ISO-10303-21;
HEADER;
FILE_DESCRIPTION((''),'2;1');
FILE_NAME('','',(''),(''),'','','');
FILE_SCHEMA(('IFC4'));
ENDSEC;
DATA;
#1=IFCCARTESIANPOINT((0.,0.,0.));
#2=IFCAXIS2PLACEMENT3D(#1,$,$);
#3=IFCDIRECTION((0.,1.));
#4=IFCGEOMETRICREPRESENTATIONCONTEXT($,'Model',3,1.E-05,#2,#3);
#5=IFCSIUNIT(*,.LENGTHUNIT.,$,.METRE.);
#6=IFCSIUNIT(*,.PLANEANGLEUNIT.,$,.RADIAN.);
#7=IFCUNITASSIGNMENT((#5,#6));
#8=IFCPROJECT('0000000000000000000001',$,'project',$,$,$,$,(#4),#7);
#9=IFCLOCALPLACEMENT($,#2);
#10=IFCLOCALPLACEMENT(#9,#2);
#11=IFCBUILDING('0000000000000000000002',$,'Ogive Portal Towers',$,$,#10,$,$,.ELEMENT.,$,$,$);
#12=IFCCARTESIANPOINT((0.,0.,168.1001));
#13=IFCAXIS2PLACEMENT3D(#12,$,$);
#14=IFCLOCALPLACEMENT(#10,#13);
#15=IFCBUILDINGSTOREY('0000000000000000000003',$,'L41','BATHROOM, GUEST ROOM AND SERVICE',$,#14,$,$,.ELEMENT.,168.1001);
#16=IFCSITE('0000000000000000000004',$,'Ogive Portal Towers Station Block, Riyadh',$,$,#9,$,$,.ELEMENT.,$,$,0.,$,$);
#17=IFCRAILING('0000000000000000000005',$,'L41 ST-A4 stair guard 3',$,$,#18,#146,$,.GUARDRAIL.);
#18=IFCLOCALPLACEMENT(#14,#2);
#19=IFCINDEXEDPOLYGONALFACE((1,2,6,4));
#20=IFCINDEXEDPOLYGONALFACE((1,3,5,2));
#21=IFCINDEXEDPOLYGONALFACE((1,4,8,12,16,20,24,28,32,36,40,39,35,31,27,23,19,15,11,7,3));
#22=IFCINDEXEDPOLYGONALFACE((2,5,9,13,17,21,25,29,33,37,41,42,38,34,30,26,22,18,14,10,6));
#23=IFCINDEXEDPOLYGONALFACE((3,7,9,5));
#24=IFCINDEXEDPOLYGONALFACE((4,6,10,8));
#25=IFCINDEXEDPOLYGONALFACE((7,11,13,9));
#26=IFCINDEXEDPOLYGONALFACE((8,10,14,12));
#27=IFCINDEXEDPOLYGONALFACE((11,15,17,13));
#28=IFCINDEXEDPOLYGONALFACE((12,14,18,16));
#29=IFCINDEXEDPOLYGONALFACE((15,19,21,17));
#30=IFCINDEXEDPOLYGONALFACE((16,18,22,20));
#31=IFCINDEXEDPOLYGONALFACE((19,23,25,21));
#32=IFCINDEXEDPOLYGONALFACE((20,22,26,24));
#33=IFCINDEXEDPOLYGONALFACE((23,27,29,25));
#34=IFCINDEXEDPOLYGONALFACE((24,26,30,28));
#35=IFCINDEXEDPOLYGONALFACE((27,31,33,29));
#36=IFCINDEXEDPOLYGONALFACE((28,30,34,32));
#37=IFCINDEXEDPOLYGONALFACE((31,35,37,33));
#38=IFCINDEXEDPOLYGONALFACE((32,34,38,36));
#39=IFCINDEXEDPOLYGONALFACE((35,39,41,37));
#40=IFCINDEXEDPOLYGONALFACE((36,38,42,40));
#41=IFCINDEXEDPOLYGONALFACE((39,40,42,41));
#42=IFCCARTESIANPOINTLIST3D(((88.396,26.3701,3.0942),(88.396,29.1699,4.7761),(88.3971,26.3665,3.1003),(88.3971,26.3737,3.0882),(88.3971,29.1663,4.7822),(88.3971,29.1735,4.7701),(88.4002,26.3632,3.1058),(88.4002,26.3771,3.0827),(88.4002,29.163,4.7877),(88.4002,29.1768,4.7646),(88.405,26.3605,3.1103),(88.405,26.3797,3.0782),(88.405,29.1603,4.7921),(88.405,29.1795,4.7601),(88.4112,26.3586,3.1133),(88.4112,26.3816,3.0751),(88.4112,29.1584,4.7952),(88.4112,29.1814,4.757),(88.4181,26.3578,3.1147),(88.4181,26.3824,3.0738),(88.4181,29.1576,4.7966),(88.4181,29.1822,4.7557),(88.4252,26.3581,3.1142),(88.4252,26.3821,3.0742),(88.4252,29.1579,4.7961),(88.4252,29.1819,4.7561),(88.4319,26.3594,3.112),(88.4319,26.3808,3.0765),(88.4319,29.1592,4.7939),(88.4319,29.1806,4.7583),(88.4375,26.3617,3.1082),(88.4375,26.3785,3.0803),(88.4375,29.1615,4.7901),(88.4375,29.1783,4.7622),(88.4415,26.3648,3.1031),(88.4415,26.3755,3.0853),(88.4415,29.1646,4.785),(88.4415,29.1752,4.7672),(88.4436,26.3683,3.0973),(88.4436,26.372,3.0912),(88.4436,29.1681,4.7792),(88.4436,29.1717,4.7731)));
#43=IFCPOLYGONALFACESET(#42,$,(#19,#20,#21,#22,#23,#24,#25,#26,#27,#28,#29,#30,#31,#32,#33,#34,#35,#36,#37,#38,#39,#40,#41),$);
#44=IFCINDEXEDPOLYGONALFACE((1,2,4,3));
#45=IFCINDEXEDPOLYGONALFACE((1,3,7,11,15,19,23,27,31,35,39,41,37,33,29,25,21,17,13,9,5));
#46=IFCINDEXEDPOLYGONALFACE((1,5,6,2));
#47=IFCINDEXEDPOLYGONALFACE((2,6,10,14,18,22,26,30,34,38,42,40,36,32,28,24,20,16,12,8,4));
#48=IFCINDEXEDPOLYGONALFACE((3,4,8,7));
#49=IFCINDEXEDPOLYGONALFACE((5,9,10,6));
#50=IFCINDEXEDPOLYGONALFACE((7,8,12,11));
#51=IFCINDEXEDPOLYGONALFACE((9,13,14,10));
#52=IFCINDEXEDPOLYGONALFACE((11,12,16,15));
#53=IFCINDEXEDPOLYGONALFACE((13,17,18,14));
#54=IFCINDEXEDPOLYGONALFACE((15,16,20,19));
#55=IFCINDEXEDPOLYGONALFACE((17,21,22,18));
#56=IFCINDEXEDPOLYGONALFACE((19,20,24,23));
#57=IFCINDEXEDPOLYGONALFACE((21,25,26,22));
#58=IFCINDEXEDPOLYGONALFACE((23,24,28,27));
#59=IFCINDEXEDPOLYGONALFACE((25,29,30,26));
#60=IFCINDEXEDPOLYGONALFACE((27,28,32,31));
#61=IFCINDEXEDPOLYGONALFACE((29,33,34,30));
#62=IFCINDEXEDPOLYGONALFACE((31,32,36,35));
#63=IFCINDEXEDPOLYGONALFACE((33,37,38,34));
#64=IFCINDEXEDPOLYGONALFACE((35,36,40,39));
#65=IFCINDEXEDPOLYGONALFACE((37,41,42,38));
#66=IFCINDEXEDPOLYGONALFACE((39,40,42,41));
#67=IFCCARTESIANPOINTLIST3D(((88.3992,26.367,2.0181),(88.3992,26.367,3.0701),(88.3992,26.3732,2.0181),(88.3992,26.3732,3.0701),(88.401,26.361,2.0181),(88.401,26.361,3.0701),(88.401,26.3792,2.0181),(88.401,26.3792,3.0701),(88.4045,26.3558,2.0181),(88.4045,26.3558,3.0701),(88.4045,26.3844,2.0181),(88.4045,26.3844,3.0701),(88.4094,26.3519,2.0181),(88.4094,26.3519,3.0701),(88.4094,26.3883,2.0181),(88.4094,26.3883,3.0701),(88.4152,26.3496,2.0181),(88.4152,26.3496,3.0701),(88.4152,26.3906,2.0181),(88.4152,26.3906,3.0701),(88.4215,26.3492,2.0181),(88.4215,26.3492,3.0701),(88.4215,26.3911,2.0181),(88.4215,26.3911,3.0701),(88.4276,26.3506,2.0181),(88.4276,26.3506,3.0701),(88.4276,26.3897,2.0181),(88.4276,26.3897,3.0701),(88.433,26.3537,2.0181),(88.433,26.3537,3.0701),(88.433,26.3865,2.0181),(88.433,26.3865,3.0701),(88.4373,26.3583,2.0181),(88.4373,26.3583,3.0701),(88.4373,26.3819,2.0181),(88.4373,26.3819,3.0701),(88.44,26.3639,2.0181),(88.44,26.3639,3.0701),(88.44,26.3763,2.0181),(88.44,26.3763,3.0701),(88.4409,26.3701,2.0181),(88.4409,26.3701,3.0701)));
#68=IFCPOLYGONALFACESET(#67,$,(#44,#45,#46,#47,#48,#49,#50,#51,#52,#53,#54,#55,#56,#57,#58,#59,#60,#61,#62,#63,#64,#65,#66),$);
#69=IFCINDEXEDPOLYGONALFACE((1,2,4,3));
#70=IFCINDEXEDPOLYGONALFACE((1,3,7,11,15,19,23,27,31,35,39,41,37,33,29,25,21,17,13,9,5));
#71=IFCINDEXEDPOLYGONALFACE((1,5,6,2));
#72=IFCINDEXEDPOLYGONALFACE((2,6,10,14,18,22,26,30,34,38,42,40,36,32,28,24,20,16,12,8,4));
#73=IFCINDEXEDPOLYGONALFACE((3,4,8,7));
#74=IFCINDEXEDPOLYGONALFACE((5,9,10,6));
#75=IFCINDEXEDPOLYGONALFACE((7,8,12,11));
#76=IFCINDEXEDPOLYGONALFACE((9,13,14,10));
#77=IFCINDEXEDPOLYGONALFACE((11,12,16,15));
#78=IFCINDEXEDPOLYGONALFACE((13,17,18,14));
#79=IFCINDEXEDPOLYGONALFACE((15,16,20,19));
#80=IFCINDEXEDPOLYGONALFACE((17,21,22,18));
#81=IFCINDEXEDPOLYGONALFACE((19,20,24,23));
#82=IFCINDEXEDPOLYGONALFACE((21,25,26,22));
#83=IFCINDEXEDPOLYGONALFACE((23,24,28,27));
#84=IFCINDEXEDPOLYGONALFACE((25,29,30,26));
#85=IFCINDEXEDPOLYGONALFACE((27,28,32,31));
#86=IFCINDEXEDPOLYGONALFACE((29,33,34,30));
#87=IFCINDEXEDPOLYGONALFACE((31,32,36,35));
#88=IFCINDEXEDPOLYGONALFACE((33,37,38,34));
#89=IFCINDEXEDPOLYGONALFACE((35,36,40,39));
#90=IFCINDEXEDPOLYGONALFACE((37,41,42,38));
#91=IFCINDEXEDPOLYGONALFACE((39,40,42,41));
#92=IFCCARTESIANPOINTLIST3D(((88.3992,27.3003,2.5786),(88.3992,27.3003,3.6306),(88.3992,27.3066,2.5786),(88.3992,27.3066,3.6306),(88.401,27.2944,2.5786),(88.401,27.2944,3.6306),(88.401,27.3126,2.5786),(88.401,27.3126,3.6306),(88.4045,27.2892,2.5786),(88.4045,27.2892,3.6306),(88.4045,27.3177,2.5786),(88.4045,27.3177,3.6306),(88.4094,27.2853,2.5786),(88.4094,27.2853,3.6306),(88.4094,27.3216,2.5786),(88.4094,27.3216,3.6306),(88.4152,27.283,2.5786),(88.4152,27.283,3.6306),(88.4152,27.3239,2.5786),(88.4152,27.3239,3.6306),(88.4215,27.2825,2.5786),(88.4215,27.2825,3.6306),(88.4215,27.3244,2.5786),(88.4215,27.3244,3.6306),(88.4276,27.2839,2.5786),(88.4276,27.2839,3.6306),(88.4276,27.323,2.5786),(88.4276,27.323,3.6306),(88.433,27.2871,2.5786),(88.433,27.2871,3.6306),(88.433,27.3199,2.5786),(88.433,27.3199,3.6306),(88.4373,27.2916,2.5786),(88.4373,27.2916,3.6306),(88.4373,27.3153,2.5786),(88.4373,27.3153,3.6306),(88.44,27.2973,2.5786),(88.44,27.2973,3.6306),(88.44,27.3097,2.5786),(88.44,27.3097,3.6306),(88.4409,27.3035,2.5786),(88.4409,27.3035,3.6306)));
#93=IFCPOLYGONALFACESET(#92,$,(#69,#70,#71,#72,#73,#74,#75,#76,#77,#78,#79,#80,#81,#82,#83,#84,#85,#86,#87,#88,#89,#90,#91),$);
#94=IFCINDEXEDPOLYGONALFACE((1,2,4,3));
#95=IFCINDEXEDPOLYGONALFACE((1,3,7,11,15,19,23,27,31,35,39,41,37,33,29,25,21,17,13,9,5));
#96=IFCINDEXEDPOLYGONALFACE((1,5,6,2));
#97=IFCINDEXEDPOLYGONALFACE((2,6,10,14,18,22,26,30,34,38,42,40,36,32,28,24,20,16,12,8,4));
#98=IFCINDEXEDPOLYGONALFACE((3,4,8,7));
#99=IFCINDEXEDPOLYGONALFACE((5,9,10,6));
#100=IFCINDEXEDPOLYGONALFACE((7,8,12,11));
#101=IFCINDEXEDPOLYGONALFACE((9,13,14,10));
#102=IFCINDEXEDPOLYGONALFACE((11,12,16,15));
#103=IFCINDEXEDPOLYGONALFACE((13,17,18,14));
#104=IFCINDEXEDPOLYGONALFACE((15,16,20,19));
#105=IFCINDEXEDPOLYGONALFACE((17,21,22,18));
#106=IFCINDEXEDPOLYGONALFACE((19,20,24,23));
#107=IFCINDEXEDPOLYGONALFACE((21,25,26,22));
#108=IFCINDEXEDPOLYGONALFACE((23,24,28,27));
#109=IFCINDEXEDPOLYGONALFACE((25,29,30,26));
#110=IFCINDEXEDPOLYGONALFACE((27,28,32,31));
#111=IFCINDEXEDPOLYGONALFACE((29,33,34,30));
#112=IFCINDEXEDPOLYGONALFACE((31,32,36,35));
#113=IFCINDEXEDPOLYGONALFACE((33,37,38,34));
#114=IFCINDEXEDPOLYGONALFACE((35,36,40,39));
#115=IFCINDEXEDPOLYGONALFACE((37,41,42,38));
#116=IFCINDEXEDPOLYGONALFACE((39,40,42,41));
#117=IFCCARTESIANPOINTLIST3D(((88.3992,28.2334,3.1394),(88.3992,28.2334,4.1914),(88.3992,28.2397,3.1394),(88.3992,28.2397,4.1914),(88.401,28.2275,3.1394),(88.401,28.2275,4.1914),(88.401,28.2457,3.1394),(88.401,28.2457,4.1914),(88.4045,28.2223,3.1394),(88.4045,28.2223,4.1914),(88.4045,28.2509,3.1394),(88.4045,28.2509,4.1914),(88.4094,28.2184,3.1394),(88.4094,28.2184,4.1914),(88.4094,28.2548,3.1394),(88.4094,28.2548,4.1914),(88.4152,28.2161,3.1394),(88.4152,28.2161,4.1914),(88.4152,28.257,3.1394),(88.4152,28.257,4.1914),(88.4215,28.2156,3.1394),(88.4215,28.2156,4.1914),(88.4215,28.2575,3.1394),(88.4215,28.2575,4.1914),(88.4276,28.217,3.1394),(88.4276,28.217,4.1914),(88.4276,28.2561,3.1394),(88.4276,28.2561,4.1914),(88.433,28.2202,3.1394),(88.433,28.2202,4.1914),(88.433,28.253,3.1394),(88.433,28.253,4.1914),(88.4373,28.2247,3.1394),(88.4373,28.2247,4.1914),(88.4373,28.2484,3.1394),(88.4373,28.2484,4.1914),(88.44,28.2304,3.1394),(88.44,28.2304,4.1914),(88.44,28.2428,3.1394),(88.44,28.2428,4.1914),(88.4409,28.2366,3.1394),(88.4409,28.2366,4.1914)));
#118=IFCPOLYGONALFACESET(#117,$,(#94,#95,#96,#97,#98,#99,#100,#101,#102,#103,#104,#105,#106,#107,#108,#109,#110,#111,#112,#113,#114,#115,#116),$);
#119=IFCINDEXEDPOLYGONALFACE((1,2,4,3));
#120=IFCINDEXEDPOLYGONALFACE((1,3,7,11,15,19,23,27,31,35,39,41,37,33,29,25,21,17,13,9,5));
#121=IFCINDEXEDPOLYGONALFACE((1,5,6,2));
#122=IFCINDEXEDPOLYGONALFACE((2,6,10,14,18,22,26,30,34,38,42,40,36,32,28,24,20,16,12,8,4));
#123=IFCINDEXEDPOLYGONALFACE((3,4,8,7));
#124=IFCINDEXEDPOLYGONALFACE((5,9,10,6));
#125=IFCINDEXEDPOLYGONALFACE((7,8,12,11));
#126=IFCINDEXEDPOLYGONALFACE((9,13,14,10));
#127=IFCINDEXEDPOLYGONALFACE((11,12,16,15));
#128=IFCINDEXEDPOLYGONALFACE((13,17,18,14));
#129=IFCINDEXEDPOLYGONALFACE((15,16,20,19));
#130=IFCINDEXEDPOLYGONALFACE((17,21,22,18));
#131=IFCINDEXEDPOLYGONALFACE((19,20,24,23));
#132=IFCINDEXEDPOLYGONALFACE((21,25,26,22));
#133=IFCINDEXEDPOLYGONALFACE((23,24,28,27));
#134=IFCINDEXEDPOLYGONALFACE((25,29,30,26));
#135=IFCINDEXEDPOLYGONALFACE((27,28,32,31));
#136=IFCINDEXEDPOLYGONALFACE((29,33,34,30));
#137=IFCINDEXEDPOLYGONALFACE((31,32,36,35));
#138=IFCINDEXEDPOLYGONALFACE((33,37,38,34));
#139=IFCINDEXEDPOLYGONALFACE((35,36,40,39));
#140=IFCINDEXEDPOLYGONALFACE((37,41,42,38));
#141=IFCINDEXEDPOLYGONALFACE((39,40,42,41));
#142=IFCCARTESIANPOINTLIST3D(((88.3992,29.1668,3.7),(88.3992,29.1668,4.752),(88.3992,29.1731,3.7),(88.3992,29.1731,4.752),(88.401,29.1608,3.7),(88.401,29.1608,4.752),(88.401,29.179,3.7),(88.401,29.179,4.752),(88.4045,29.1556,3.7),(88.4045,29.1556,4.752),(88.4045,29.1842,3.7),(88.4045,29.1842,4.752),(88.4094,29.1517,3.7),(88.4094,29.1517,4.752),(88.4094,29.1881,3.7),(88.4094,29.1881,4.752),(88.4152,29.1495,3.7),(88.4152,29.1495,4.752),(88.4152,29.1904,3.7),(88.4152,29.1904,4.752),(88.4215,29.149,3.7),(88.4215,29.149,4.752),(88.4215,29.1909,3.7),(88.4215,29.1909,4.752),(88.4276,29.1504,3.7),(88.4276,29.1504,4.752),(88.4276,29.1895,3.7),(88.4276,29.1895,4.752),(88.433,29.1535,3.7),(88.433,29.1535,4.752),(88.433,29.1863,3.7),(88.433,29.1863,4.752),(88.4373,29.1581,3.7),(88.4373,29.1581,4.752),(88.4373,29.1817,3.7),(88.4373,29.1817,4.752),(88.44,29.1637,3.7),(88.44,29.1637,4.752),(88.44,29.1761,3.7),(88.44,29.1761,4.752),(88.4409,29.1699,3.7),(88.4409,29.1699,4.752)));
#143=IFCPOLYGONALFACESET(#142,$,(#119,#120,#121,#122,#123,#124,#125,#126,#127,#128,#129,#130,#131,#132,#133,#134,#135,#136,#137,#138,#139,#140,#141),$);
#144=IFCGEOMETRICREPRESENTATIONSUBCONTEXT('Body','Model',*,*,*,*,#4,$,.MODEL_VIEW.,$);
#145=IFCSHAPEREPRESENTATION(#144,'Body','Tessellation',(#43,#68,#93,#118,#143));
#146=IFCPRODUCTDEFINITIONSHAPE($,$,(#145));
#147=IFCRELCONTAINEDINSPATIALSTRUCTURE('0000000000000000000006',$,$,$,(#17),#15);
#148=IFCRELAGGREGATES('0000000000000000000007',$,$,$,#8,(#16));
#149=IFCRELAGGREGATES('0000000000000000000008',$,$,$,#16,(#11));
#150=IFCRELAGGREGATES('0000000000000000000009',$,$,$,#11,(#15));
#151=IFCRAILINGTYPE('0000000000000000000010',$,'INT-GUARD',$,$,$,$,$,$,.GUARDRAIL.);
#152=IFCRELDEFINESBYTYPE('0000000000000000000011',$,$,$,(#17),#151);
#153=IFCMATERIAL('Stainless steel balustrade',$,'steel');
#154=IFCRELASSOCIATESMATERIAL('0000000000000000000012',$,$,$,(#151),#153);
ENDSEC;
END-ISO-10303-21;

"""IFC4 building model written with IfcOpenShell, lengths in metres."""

from ifc_helpers import new_model, si_unit, direction, frame, origin, origin_2d, place, context, subcontext, project, spatial, circle, extrude, material, type_object, element, save


model = new_model("IFC4")

# Units and contexts
model_context = context("Model", 3, precision=1e-05, world=origin(), true_north=direction((0.0, 1.0)))
body_context = subcontext(model_context, "Body", "Model", "MODEL_VIEW")
ifc_project = project(units=[si_unit("LENGTHUNIT", "METRE"), si_unit("PLANEANGLEUNIT", "RADIAN")], contexts=[model_context])

# Site, building, storey
site_placement = place(None, origin())
site = spatial("IfcSite", under=ifc_project, at=site_placement, Name="Ogive Portal Towers Station Block, Riyadh", CompositionType="ELEMENT", RefElevation=0.0)
building_placement = place(site_placement, origin())
building = spatial("IfcBuilding", under=site, at=building_placement, Name="Ogive Portal Towers", CompositionType="ELEMENT")
storey_placement = place(building_placement, frame((0.0, 0.0, 168.1001)))
storey = spatial("IfcBuildingStorey", under=building, at=storey_placement, Name="L41", Description="BATHROOM, GUEST ROOM AND SERVICE", CompositionType="ELEMENT", Elevation=168.1001)

# Railing
ifc_material_1 = material(Name="Stainless steel balustrade", Category="steel")
railing_type_1 = type_object("IfcRailingType", Name="INT-GUARD", PredefinedType="GUARDRAIL", material=ifc_material_1)
railing_1_placement = place(storey_placement, frame((88.4199, 26.3701, 2.0181)))
element("IfcRailing", 1, at=railing_1_placement, inside=storey, type_object=railing_type_1, Name="L41 ST-A4 stair guard 3", PredefinedType="GUARDRAIL", context=body_context, shape_type="SweptSolid", body=[
    extrude(circle(Radius=0.0239, at=origin_2d()), frame((0.0, 0.0, 1.0762), z_axis=(0.0, 0.857222, 0.514946), x_axis=(-1.0, 0.0, 0.0)), (0.0, 0.0, 1.0), 3.2661),
    extrude(circle(Radius=0.021, at=origin_2d()), origin(), (0.0, 0.0, 1.0), 1.052),
    extrude(circle(Radius=0.021, at=origin_2d()), frame((0.0, 0.9333, 0.5605)), (0.0, 0.0, 1.0), 1.052),
    extrude(circle(Radius=0.021, at=origin_2d()), frame((0.0, 1.8665, 1.1213)), (0.0, 0.0, 1.0), 1.052),
    extrude(circle(Radius=0.021, at=origin_2d()), frame((0.0, 2.7998, 1.6819)), (0.0, 0.0, 1.0), 1.052),
])

save(model, "model.ifc")
